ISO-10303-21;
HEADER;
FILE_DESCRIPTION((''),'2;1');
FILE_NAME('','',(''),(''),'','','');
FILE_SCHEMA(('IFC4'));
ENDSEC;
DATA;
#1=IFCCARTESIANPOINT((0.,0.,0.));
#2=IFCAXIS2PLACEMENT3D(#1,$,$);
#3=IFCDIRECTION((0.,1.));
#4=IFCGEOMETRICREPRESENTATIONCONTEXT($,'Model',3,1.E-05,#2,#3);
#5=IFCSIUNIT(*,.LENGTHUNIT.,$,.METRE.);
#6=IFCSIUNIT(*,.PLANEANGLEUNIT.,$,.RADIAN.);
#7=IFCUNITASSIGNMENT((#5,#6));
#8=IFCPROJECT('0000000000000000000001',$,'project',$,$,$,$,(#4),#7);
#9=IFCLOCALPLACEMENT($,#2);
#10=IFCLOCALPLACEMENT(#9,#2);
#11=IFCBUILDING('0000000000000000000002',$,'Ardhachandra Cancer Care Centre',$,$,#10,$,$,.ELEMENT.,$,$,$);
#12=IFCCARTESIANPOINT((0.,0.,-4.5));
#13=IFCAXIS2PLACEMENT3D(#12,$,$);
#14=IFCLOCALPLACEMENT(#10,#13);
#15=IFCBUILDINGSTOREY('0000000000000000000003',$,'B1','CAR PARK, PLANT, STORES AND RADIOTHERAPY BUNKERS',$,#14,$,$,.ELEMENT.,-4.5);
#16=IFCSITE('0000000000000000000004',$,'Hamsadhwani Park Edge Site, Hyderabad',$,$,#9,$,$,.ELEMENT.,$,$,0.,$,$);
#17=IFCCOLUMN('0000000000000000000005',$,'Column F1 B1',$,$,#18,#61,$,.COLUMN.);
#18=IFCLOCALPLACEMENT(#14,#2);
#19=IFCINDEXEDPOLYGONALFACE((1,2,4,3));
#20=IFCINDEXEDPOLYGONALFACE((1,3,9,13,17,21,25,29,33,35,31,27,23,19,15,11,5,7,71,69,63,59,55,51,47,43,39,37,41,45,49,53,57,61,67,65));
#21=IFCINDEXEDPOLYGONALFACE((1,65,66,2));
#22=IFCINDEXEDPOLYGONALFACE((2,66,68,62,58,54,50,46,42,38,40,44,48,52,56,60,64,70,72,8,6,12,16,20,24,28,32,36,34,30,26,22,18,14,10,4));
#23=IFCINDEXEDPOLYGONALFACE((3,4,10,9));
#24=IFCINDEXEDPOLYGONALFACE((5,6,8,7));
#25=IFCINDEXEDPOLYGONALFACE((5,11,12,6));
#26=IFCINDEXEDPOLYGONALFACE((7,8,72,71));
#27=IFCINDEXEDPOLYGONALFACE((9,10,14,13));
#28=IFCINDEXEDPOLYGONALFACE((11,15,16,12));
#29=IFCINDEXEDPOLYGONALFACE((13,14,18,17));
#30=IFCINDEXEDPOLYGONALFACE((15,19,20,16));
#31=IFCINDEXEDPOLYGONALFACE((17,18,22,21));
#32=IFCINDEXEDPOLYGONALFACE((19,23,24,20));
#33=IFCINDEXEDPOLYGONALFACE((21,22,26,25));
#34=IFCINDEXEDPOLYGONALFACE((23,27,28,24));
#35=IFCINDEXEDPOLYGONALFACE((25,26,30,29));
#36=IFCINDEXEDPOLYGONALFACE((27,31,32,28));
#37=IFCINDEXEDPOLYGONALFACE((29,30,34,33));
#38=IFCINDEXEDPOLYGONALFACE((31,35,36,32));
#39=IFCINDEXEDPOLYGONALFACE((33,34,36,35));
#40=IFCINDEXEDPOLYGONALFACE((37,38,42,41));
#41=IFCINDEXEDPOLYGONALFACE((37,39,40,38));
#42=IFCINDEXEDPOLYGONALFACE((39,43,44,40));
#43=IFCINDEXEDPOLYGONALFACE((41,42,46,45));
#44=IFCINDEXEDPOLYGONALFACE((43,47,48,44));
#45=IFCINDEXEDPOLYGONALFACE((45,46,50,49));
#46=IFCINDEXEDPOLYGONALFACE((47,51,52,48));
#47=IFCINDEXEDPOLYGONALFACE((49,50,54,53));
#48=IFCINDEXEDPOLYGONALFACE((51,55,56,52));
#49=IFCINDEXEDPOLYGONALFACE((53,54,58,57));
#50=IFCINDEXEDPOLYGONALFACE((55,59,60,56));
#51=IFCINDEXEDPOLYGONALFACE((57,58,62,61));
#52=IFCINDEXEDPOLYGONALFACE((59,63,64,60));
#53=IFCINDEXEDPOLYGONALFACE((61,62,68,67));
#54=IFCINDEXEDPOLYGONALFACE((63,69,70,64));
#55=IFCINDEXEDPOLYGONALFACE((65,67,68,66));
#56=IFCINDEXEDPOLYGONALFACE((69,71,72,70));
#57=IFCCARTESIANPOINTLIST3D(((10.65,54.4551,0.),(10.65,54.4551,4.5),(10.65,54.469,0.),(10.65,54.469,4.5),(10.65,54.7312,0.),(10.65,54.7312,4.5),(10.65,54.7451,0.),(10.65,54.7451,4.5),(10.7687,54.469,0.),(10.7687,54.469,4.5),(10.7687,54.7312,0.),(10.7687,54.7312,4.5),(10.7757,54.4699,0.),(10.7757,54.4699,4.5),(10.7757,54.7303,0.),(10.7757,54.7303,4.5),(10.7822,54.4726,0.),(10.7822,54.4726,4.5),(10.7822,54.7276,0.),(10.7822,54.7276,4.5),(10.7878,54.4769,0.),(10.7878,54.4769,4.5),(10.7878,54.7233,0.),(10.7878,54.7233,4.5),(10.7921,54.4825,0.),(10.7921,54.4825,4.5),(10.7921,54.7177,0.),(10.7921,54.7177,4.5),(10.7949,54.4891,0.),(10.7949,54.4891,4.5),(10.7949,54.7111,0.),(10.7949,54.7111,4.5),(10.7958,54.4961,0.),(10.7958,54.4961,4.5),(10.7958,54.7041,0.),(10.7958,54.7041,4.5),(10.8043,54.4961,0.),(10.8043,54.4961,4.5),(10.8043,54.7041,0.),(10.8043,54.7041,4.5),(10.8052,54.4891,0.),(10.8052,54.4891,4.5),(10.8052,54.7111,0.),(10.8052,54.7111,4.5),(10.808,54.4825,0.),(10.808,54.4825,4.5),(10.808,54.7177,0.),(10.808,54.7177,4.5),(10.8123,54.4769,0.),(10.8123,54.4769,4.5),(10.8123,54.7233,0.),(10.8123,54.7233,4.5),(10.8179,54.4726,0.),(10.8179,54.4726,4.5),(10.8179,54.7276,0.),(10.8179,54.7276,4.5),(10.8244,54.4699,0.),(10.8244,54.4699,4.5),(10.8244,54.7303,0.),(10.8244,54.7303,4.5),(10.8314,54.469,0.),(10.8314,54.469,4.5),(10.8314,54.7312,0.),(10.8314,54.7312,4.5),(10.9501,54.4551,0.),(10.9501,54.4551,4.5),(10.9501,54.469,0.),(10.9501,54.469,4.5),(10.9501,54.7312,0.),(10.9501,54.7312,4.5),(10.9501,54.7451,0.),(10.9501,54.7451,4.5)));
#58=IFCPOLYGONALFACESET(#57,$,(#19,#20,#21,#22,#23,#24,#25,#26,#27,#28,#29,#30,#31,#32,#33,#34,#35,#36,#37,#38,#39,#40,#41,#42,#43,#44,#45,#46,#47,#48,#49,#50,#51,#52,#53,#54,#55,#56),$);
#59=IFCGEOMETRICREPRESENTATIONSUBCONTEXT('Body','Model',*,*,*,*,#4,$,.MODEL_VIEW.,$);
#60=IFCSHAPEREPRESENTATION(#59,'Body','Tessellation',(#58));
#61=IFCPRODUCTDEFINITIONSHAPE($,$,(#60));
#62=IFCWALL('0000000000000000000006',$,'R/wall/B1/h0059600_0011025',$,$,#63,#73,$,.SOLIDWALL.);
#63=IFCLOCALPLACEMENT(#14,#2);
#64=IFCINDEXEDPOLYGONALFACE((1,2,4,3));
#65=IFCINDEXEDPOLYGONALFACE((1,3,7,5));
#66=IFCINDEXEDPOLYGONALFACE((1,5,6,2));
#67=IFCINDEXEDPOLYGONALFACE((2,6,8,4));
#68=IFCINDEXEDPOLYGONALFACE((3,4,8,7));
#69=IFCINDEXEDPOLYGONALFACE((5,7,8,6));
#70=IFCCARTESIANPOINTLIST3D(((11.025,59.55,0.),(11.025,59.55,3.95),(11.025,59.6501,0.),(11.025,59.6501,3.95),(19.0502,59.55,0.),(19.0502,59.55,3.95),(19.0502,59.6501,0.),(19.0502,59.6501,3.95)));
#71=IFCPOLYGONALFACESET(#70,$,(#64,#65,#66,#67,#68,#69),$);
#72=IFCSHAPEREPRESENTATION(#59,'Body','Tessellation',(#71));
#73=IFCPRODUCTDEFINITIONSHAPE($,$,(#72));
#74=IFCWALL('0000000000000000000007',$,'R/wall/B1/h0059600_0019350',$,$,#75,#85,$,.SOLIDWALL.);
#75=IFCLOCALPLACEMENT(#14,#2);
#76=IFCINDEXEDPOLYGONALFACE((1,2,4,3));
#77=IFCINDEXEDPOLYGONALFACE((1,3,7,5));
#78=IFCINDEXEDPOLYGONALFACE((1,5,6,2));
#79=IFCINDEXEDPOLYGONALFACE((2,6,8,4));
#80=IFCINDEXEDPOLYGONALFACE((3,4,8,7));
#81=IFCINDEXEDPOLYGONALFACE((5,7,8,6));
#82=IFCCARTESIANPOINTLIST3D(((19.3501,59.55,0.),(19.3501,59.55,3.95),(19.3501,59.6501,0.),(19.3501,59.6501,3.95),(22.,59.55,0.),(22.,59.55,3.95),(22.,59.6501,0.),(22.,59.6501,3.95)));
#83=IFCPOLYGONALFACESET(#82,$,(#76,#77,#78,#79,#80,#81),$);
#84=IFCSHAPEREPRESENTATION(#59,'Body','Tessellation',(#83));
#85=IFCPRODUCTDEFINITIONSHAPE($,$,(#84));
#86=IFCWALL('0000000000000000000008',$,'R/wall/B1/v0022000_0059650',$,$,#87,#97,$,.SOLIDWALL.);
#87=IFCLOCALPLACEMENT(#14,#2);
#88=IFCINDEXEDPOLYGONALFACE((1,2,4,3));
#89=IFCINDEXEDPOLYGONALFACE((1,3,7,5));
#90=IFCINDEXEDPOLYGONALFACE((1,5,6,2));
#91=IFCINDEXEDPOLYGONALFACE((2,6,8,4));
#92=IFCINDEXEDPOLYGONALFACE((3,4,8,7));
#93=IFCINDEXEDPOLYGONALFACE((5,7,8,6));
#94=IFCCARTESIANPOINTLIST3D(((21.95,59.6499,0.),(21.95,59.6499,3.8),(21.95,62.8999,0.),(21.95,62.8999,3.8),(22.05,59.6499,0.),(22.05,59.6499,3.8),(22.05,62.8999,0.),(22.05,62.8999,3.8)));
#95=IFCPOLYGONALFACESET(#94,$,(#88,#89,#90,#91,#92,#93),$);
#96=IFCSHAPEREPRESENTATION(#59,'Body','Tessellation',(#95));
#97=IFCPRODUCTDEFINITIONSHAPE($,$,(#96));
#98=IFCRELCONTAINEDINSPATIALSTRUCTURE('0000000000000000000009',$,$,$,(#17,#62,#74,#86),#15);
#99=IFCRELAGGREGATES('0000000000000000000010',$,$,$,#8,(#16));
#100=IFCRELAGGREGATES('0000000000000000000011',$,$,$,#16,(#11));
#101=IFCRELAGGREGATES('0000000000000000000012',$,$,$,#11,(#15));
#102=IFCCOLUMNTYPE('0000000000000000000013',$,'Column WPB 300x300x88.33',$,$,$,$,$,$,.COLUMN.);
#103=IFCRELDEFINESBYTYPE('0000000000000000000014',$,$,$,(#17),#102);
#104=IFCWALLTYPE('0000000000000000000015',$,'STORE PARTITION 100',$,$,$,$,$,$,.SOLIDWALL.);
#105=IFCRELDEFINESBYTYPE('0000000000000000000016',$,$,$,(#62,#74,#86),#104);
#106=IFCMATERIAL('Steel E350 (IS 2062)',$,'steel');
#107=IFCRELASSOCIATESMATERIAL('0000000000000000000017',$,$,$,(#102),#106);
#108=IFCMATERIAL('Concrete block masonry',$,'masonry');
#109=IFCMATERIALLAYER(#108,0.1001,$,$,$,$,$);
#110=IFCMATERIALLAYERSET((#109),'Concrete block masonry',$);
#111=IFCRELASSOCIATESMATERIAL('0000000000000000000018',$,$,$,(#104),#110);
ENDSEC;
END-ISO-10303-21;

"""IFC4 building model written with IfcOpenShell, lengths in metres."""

from ifc_helpers import new_model, si_unit, direction, frame, frame_2d, origin, origin_2d, place, context, subcontext, project, spatial, rectangle, i_section, extrude, material, layer, layer_set, material_profile, profile_set, type_object, element, save


model = new_model("IFC4")

# Units and contexts
model_context = context("Model", 3, precision=1e-05, world=origin(), true_north=direction((0.0, 1.0)))
body_context = subcontext(model_context, "Body", "Model", "MODEL_VIEW")
ifc_project = project(units=[si_unit("LENGTHUNIT", "METRE"), si_unit("PLANEANGLEUNIT", "RADIAN")], contexts=[model_context])

# Site, building, storey
site_placement = place(None, origin())
site = spatial("IfcSite", under=ifc_project, at=site_placement, Name="Hamsadhwani Park Edge Site, Hyderabad", CompositionType="ELEMENT", RefElevation=0.0)
building_placement = place(site_placement, origin())
building = spatial("IfcBuilding", under=site, at=building_placement, Name="Ardhachandra Cancer Care Centre", CompositionType="ELEMENT")
storey_placement = place(building_placement, frame((0.0, 0.0, -4.5)))
storey = spatial("IfcBuildingStorey", under=building, at=storey_placement, Name="B1", Description="CAR PARK, PLANT, STORES AND RADIOTHERAPY BUNKERS", CompositionType="ELEMENT", Elevation=-4.5)

# Column
ifc_material_1 = material(Name="Steel E350 (IS 2062)", Category="steel")
ifc_material_profile_1 = material_profile(ifc_material_1, i_section(OverallWidth=0.3, OverallDepth=0.29, WebThickness=0.0085, FlangeThickness=0.0139, FilletRadius=0.0271, at=origin_2d()), Name="WPB 300x300x88.33")
ifc_profile_set_1 = profile_set([ifc_material_profile_1], Name="Steel E350 (IS 2062)")
column_type_1 = type_object("IfcColumnType", Name="Column WPB 300x300x88.33", PredefinedType="COLUMN", material=ifc_profile_set_1)
for number, where, z_axis, x_axis, name in (
    (1, (10.8, 54.6001, 0.0), (0.0, 0.0, 1.0), (1.0, 0.0, 0.0), "Column F1 B1"),
):
    element("IfcColumn", number, at=place(storey_placement, frame(where, z_axis=z_axis, x_axis=x_axis)), inside=storey, type_object=column_type_1, Name=name, PredefinedType="COLUMN", context=body_context, shape_type="SweptSolid", body=[
        extrude(i_section(OverallWidth=0.3, OverallDepth=0.29, WebThickness=0.0085, FlangeThickness=0.0139, FilletRadius=0.0271, at=origin_2d()), origin(), (0.0, 0.0, 1.0), 4.5),
    ])

# Walls
ifc_material_2 = material(Name="Concrete block masonry", Category="masonry")
ifc_layer = layer(ifc_material_2, 0.1001)
ifc_layer_set = layer_set([ifc_layer], Name="Concrete block masonry")
wall_type = type_object("IfcWallType", Name="STORE PARTITION 100", PredefinedType="SOLIDWALL", material=ifc_layer_set)
wall_1_placement = place(storey_placement, frame((11.0249, 59.6001, 0.0), z_axis=(0.0, 0.0, 1.0), x_axis=(1.0, 0.0, 0.0)))
element("IfcWall", 2, at=wall_1_placement, inside=storey, type_object=wall_type, Name="R/wall/B1/h0059600_0011025", PredefinedType="SOLIDWALL", context=body_context, shape_type="SweptSolid", body=[
    extrude(rectangle(XDim=8.0251, YDim=0.1001, at=frame_2d((4.0127, 0.0))), origin(), (0.0, 0.0, 1.0), 3.95),
])
wall_2_placement = place(storey_placement, frame((19.3501, 59.6001, 0.0), z_axis=(0.0, 0.0, 1.0), x_axis=(1.0, 0.0, 0.0)))
element("IfcWall", 3, at=wall_2_placement, inside=storey, type_object=wall_type, Name="R/wall/B1/h0059600_0019350", PredefinedType="SOLIDWALL", context=body_context, shape_type="SweptSolid", body=[
    extrude(rectangle(XDim=2.6499, YDim=0.1001, at=frame_2d((1.325, 0.0))), origin(), (0.0, 0.0, 1.0), 3.95),
])
wall_3_placement = place(storey_placement, frame((22.0, 59.6499, 0.0), z_axis=(0.0, 0.0, 1.0), x_axis=(0.0, 1.0, 0.0)))
element("IfcWall", 4, at=wall_3_placement, inside=storey, type_object=wall_type, Name="R/wall/B1/v0022000_0059650", PredefinedType="SOLIDWALL", context=body_context, shape_type="SweptSolid", body=[
    extrude(rectangle(XDim=3.25, YDim=0.1001, at=frame_2d((1.625, 0.0))), origin(), (0.0, 0.0, 1.0), 3.8),
])

save(model, "model.ifc")
